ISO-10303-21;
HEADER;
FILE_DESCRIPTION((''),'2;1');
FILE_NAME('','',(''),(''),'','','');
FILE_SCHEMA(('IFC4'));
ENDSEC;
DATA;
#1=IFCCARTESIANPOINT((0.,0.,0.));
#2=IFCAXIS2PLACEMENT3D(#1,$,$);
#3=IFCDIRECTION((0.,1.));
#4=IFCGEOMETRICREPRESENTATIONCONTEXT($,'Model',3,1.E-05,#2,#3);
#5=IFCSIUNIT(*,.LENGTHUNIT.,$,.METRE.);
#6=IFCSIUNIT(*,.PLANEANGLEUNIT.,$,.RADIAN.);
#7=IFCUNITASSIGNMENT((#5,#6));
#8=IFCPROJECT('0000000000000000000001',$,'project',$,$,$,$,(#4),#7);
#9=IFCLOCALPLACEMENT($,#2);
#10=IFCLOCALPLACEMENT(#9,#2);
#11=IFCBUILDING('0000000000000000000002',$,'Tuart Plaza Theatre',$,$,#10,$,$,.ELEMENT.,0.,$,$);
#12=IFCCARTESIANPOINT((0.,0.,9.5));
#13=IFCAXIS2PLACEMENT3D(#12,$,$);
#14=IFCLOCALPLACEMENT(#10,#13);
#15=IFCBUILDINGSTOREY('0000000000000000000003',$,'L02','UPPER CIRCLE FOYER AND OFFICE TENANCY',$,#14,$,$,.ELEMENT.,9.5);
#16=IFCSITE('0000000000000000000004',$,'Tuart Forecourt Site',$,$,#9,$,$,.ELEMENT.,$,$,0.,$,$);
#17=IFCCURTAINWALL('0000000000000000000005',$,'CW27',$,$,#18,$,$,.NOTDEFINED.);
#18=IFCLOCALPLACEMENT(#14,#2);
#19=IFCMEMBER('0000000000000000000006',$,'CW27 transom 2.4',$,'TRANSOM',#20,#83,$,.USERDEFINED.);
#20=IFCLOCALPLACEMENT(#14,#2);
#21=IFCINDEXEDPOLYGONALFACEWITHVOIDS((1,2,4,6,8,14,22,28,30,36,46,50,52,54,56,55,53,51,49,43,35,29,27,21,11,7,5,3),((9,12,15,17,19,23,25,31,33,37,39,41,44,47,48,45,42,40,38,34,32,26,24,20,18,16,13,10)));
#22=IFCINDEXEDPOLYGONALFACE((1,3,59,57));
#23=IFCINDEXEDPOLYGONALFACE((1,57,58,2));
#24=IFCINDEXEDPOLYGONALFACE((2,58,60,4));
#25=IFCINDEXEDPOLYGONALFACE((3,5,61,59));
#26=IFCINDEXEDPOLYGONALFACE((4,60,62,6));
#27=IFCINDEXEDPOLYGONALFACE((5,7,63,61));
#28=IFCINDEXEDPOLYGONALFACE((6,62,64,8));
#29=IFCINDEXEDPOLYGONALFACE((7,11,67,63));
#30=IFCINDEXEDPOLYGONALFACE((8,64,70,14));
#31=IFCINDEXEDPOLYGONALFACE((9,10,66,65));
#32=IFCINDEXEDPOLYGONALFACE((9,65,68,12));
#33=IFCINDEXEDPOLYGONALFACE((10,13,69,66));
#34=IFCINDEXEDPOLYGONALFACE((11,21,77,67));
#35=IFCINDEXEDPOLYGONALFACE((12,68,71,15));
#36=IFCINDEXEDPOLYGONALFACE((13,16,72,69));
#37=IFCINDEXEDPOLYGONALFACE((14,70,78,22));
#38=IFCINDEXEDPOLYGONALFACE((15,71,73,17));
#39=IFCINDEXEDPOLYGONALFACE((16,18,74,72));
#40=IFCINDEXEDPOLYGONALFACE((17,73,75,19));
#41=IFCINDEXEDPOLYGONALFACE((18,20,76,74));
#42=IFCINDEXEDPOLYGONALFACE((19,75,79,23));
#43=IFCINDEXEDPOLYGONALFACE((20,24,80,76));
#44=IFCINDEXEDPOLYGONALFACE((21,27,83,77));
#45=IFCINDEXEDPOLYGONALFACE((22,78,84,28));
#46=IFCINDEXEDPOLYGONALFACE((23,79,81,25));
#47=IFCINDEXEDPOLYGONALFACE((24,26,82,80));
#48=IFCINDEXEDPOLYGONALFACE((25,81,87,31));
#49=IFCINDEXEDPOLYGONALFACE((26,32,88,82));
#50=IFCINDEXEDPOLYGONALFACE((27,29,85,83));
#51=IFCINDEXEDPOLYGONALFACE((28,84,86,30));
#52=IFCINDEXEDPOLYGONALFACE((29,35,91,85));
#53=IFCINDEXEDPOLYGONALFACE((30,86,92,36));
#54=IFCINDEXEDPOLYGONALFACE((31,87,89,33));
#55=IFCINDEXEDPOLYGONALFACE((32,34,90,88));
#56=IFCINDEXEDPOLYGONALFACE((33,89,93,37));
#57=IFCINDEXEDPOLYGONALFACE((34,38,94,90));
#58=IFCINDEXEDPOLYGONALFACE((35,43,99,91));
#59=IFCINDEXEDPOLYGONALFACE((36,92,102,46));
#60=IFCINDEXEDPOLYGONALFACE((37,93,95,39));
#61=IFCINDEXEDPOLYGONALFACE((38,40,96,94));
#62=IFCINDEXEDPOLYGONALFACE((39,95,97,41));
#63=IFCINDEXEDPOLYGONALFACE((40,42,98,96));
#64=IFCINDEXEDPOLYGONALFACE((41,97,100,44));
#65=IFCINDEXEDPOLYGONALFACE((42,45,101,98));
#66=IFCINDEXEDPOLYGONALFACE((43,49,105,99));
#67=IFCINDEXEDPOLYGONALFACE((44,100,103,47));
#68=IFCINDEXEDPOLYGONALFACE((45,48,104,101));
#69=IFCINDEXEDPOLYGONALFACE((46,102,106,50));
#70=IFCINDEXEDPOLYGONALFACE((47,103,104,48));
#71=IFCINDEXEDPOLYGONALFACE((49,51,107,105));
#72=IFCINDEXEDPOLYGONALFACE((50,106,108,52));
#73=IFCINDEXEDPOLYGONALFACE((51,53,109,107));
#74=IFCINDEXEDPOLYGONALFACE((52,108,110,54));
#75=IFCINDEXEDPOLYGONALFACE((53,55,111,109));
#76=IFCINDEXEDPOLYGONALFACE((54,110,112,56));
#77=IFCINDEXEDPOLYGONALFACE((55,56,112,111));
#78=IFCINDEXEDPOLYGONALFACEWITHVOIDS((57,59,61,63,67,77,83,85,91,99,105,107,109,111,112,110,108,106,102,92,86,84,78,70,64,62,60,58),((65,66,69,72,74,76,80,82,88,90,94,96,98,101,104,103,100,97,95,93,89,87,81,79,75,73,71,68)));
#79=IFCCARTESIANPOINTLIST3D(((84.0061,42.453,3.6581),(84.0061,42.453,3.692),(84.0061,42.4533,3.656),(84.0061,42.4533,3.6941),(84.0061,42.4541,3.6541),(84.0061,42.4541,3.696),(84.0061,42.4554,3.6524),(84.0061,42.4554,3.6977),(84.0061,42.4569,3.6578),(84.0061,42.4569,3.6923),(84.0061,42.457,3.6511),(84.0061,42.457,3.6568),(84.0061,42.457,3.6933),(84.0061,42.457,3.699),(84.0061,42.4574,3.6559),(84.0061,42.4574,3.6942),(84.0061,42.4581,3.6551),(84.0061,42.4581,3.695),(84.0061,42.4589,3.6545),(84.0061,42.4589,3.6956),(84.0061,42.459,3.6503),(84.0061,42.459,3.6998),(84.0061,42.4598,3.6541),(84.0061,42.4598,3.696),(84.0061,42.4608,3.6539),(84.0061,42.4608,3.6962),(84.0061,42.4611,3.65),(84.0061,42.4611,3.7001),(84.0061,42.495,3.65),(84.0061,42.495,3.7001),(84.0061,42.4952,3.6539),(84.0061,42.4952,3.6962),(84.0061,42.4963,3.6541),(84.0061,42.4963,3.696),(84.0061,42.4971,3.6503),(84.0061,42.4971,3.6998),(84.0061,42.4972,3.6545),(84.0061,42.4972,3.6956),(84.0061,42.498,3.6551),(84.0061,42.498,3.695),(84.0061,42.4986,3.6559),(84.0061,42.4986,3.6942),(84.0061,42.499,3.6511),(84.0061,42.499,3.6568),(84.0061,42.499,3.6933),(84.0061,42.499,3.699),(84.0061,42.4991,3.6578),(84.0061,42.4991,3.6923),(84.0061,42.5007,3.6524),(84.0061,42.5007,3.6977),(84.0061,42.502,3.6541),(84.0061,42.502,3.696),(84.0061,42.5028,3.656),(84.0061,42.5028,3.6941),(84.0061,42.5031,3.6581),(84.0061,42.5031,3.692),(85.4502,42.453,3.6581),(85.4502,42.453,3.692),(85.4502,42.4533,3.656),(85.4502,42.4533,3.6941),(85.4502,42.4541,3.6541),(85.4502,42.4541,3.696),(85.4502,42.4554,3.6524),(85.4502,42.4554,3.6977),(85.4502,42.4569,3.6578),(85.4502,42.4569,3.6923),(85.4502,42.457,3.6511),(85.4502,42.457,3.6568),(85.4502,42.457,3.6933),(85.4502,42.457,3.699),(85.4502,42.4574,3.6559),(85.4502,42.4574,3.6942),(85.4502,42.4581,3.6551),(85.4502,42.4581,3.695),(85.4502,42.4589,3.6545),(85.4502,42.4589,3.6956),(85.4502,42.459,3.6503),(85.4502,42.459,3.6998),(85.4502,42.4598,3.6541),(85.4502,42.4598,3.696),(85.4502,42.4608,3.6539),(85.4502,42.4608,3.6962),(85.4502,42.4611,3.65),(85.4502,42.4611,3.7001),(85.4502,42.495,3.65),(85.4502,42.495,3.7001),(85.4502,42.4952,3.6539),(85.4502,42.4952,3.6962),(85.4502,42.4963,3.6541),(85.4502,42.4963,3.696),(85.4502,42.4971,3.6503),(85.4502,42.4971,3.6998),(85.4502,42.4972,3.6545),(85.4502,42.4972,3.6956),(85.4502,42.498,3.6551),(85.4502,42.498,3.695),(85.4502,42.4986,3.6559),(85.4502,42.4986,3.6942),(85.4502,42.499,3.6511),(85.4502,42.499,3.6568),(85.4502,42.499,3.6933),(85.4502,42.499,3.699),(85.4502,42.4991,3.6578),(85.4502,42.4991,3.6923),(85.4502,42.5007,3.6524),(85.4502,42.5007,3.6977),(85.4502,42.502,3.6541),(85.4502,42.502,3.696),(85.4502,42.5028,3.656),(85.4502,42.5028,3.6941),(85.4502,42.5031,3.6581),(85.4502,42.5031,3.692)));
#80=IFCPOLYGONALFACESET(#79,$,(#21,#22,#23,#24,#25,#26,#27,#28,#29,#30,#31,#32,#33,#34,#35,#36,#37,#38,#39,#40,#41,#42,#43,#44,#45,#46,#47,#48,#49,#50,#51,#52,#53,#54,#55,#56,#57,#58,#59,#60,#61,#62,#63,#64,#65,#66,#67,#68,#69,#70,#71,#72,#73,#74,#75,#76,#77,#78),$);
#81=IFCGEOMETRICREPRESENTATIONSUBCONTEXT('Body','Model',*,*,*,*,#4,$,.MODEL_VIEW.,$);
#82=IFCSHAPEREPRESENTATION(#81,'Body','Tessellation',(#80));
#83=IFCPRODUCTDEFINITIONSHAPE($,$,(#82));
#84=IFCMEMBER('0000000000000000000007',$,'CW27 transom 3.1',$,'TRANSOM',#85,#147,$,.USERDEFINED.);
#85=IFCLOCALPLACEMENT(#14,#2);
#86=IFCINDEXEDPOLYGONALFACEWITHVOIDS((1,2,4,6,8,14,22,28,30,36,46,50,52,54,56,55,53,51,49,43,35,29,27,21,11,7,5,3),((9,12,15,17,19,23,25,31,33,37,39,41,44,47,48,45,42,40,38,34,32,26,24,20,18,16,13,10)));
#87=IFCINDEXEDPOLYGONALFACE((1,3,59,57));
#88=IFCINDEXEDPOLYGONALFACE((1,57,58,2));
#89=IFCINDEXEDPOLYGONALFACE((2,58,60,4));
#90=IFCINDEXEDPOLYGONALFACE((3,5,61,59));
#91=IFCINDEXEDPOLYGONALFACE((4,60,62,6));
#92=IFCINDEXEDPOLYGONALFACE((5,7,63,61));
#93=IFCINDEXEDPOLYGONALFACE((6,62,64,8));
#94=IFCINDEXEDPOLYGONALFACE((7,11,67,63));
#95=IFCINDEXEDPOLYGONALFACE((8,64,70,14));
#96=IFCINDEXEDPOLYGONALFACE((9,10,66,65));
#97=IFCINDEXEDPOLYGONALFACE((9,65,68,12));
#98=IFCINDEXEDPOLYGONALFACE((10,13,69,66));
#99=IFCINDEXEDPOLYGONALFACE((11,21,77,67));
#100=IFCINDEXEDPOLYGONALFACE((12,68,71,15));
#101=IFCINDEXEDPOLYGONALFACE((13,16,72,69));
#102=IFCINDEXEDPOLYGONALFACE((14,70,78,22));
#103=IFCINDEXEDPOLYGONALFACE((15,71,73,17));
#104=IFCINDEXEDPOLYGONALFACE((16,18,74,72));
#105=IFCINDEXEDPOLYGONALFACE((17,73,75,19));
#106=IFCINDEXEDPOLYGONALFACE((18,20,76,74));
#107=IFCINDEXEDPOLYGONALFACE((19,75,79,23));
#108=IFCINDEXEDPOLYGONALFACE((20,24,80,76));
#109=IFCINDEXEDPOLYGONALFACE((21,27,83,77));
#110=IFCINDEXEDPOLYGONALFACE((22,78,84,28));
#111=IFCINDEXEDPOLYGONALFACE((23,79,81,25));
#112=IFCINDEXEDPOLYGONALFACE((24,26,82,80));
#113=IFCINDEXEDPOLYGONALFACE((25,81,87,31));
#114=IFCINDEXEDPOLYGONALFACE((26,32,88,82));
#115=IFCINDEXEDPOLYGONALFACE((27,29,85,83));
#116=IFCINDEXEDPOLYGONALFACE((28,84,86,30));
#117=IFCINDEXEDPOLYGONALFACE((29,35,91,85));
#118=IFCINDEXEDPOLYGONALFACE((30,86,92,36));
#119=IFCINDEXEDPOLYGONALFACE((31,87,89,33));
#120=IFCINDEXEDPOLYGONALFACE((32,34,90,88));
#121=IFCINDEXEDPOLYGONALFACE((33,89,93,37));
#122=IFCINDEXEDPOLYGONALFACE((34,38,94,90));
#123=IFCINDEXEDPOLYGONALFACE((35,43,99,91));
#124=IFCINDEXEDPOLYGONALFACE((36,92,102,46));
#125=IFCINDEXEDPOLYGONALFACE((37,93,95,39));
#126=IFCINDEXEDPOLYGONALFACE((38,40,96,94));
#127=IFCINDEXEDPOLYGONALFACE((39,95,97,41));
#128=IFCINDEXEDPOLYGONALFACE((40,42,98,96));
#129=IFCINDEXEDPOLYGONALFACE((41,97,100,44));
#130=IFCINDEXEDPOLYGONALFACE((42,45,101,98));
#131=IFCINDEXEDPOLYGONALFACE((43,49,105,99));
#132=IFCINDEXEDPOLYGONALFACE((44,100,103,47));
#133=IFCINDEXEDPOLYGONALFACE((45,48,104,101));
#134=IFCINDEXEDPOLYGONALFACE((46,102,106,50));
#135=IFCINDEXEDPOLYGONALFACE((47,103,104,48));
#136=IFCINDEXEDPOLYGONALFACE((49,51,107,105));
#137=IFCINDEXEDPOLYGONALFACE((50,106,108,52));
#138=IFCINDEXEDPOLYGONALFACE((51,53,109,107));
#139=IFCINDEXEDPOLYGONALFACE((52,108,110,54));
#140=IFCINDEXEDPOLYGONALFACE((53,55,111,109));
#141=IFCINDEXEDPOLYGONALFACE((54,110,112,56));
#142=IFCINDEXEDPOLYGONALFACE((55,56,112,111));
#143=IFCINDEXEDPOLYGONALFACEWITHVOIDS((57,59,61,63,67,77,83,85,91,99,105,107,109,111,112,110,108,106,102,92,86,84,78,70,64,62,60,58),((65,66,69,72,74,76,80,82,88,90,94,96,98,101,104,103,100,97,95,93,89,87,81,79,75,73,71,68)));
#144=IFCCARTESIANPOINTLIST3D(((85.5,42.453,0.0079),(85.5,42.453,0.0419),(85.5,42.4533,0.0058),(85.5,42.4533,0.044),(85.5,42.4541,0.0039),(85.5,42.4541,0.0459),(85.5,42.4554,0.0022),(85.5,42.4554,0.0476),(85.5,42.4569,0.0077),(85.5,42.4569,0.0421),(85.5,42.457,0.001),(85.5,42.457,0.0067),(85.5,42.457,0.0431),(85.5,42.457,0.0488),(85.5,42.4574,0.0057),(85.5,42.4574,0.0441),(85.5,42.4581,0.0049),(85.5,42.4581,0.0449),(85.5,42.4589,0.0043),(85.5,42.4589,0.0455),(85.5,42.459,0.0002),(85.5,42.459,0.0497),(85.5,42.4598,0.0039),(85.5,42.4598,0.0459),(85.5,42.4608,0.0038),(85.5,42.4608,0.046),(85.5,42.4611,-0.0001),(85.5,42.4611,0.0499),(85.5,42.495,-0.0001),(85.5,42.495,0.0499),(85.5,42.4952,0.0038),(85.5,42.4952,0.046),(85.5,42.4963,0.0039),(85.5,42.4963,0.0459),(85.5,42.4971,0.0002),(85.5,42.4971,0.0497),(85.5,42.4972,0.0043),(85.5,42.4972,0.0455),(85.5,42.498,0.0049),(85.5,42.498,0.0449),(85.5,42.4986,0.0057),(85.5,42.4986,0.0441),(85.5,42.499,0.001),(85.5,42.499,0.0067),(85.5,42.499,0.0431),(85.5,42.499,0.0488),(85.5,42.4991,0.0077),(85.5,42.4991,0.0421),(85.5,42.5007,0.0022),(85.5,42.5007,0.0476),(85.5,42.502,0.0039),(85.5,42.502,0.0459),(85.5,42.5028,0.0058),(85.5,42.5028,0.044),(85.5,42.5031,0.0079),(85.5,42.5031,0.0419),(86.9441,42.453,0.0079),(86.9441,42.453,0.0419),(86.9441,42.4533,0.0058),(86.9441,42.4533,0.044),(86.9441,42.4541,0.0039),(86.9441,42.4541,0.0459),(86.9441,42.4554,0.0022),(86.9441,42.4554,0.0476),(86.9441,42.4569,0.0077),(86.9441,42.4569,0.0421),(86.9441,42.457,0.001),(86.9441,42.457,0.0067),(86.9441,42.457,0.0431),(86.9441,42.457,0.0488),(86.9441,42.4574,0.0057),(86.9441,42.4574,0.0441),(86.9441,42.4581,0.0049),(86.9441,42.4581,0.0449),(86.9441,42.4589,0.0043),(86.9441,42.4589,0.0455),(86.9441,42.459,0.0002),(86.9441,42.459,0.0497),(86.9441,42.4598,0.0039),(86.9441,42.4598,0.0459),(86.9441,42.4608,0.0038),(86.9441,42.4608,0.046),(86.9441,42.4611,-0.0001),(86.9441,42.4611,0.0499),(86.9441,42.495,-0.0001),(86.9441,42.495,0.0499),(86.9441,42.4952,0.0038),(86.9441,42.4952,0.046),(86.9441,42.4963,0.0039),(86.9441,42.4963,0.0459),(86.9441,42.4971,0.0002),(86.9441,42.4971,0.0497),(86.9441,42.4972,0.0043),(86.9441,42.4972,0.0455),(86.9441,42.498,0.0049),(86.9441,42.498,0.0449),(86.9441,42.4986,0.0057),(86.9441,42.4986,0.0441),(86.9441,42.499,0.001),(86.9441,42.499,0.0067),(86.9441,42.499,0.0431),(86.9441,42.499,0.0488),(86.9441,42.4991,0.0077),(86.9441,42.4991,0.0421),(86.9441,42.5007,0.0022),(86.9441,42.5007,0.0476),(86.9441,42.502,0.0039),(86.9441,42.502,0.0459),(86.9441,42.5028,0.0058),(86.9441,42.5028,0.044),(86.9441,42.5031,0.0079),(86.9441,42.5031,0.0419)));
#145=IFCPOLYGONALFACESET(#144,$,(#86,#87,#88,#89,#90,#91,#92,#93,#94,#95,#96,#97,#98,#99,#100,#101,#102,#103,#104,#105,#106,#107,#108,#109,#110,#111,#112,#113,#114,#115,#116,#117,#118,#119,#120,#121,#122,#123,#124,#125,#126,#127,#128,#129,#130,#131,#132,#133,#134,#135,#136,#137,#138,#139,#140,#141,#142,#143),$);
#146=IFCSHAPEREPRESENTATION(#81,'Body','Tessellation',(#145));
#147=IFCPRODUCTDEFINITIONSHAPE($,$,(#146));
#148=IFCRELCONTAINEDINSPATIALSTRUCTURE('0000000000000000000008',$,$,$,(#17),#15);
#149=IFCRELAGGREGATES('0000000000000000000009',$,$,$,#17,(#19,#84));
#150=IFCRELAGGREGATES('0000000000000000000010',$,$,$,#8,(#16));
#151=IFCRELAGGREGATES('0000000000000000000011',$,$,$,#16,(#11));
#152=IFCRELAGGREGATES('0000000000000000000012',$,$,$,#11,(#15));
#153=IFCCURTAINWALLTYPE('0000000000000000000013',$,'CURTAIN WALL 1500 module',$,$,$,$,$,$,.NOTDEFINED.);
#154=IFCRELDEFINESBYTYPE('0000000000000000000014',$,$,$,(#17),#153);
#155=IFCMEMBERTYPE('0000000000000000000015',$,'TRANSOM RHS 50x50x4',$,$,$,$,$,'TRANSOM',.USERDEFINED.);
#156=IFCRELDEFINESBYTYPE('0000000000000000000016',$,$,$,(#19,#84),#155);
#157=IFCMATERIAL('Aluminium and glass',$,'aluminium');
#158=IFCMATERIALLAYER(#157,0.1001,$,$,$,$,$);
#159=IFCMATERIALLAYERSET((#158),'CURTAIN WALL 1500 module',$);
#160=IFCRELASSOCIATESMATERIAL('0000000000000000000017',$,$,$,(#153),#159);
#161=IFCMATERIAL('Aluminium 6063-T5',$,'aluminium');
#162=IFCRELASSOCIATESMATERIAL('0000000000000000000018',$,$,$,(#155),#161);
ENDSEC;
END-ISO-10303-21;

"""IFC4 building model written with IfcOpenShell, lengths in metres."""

from ifc_helpers import new_model, si_unit, direction, frame, origin, origin_2d, place, context, subcontext, project, spatial, hollow_rectangle, extrude, material, layer, layer_set, material_profile, profile_set, type_object, element, aggregate, save


model = new_model("IFC4")

# Units and contexts
model_context = context("Model", 3, precision=1e-05, world=origin(), true_north=direction((0.0, 1.0)))
body_context = subcontext(model_context, "Body", "Model", "MODEL_VIEW")
ifc_project = project(units=[si_unit("LENGTHUNIT", "METRE"), si_unit("PLANEANGLEUNIT", "RADIAN")], contexts=[model_context])

# Site, building, storey
site_placement = place(None, origin())
site = spatial("IfcSite", under=ifc_project, at=site_placement, Name="Tuart Forecourt Site", CompositionType="ELEMENT", RefElevation=0.0)
building_placement = place(site_placement, origin())
building = spatial("IfcBuilding", under=site, at=building_placement, Name="Tuart Plaza Theatre", CompositionType="ELEMENT", ElevationOfRefHeight=0.0)
storey_placement = place(building_placement, frame((0.0, 0.0, 9.5)))
storey = spatial("IfcBuildingStorey", under=building, at=storey_placement, Name="L02", Description="UPPER CIRCLE FOYER AND OFFICE TENANCY", CompositionType="ELEMENT", Elevation=9.5)

# Curtain wall, members
ifc_material_1 = material(Name="Aluminium and glass", Category="aluminium")
ifc_layer_1 = layer(ifc_material_1, 0.1001)
ifc_layer_set_1 = layer_set([ifc_layer_1], Name="CURTAIN WALL 1500 module")
curtain_wall_type = type_object("IfcCurtainWallType", Name="CURTAIN WALL 1500 module", PredefinedType="NOTDEFINED", material=ifc_layer_set_1)
curtain_wall_placement = place(storey_placement, origin())
curtain_wall = element("IfcCurtainWall", 1, at=curtain_wall_placement, inside=storey, type_object=curtain_wall_type, Name="CW27", PredefinedType="NOTDEFINED")
ifc_material_2 = material(Name="Aluminium 6063-T5", Category="aluminium")
ifc_material_profile_1 = material_profile(ifc_material_2, hollow_rectangle(XDim=0.05, YDim=0.05, WallThickness=0.0039, InnerFilletRadius=0.0039, OuterFilletRadius=0.0081, at=origin_2d()), Name="RHS 50x50x4")
ifc_profile_set_1 = profile_set([ifc_material_profile_1], Name="Aluminium 6063-T5")
member_type_1 = type_object("IfcMemberType", Name="TRANSOM RHS 50x50x4", ElementType="TRANSOM", PredefinedType="USERDEFINED", material=ifc_profile_set_1)
member_1_placement = place(storey_placement, frame((84.0061, 42.478, 3.675), z_axis=(1.0, 0.0, 0.0), x_axis=(0.0, 1.0, 0.0)))
member_1 = element("IfcMember", 2, at=member_1_placement, type_object=member_type_1, Name="CW27 transom 2.4", ObjectType="TRANSOM", PredefinedType="USERDEFINED", context=body_context, shape_type="SweptSolid", body=[
    extrude(hollow_rectangle(XDim=0.05, YDim=0.05, WallThickness=0.0039, InnerFilletRadius=0.0039, OuterFilletRadius=0.0081, at=origin_2d()), origin(), (0.0, 0.0, 1.0), 1.4441),
])
member_2_placement = place(storey_placement, frame((85.5, 42.478, 0.0249), z_axis=(1.0, 0.0, 0.0), x_axis=(0.0, 1.0, 0.0)))
member_2 = element("IfcMember", 3, at=member_2_placement, type_object=member_type_1, Name="CW27 transom 3.1", ObjectType="TRANSOM", PredefinedType="USERDEFINED", context=body_context, shape_type="SweptSolid", body=[
    extrude(hollow_rectangle(XDim=0.05, YDim=0.05, WallThickness=0.0039, InnerFilletRadius=0.0039, OuterFilletRadius=0.0081, at=origin_2d()), origin(), (0.0, 0.0, 1.0), 1.4441),
])
aggregate(curtain_wall, [member_1, member_2])

save(model, "model.ifc")
